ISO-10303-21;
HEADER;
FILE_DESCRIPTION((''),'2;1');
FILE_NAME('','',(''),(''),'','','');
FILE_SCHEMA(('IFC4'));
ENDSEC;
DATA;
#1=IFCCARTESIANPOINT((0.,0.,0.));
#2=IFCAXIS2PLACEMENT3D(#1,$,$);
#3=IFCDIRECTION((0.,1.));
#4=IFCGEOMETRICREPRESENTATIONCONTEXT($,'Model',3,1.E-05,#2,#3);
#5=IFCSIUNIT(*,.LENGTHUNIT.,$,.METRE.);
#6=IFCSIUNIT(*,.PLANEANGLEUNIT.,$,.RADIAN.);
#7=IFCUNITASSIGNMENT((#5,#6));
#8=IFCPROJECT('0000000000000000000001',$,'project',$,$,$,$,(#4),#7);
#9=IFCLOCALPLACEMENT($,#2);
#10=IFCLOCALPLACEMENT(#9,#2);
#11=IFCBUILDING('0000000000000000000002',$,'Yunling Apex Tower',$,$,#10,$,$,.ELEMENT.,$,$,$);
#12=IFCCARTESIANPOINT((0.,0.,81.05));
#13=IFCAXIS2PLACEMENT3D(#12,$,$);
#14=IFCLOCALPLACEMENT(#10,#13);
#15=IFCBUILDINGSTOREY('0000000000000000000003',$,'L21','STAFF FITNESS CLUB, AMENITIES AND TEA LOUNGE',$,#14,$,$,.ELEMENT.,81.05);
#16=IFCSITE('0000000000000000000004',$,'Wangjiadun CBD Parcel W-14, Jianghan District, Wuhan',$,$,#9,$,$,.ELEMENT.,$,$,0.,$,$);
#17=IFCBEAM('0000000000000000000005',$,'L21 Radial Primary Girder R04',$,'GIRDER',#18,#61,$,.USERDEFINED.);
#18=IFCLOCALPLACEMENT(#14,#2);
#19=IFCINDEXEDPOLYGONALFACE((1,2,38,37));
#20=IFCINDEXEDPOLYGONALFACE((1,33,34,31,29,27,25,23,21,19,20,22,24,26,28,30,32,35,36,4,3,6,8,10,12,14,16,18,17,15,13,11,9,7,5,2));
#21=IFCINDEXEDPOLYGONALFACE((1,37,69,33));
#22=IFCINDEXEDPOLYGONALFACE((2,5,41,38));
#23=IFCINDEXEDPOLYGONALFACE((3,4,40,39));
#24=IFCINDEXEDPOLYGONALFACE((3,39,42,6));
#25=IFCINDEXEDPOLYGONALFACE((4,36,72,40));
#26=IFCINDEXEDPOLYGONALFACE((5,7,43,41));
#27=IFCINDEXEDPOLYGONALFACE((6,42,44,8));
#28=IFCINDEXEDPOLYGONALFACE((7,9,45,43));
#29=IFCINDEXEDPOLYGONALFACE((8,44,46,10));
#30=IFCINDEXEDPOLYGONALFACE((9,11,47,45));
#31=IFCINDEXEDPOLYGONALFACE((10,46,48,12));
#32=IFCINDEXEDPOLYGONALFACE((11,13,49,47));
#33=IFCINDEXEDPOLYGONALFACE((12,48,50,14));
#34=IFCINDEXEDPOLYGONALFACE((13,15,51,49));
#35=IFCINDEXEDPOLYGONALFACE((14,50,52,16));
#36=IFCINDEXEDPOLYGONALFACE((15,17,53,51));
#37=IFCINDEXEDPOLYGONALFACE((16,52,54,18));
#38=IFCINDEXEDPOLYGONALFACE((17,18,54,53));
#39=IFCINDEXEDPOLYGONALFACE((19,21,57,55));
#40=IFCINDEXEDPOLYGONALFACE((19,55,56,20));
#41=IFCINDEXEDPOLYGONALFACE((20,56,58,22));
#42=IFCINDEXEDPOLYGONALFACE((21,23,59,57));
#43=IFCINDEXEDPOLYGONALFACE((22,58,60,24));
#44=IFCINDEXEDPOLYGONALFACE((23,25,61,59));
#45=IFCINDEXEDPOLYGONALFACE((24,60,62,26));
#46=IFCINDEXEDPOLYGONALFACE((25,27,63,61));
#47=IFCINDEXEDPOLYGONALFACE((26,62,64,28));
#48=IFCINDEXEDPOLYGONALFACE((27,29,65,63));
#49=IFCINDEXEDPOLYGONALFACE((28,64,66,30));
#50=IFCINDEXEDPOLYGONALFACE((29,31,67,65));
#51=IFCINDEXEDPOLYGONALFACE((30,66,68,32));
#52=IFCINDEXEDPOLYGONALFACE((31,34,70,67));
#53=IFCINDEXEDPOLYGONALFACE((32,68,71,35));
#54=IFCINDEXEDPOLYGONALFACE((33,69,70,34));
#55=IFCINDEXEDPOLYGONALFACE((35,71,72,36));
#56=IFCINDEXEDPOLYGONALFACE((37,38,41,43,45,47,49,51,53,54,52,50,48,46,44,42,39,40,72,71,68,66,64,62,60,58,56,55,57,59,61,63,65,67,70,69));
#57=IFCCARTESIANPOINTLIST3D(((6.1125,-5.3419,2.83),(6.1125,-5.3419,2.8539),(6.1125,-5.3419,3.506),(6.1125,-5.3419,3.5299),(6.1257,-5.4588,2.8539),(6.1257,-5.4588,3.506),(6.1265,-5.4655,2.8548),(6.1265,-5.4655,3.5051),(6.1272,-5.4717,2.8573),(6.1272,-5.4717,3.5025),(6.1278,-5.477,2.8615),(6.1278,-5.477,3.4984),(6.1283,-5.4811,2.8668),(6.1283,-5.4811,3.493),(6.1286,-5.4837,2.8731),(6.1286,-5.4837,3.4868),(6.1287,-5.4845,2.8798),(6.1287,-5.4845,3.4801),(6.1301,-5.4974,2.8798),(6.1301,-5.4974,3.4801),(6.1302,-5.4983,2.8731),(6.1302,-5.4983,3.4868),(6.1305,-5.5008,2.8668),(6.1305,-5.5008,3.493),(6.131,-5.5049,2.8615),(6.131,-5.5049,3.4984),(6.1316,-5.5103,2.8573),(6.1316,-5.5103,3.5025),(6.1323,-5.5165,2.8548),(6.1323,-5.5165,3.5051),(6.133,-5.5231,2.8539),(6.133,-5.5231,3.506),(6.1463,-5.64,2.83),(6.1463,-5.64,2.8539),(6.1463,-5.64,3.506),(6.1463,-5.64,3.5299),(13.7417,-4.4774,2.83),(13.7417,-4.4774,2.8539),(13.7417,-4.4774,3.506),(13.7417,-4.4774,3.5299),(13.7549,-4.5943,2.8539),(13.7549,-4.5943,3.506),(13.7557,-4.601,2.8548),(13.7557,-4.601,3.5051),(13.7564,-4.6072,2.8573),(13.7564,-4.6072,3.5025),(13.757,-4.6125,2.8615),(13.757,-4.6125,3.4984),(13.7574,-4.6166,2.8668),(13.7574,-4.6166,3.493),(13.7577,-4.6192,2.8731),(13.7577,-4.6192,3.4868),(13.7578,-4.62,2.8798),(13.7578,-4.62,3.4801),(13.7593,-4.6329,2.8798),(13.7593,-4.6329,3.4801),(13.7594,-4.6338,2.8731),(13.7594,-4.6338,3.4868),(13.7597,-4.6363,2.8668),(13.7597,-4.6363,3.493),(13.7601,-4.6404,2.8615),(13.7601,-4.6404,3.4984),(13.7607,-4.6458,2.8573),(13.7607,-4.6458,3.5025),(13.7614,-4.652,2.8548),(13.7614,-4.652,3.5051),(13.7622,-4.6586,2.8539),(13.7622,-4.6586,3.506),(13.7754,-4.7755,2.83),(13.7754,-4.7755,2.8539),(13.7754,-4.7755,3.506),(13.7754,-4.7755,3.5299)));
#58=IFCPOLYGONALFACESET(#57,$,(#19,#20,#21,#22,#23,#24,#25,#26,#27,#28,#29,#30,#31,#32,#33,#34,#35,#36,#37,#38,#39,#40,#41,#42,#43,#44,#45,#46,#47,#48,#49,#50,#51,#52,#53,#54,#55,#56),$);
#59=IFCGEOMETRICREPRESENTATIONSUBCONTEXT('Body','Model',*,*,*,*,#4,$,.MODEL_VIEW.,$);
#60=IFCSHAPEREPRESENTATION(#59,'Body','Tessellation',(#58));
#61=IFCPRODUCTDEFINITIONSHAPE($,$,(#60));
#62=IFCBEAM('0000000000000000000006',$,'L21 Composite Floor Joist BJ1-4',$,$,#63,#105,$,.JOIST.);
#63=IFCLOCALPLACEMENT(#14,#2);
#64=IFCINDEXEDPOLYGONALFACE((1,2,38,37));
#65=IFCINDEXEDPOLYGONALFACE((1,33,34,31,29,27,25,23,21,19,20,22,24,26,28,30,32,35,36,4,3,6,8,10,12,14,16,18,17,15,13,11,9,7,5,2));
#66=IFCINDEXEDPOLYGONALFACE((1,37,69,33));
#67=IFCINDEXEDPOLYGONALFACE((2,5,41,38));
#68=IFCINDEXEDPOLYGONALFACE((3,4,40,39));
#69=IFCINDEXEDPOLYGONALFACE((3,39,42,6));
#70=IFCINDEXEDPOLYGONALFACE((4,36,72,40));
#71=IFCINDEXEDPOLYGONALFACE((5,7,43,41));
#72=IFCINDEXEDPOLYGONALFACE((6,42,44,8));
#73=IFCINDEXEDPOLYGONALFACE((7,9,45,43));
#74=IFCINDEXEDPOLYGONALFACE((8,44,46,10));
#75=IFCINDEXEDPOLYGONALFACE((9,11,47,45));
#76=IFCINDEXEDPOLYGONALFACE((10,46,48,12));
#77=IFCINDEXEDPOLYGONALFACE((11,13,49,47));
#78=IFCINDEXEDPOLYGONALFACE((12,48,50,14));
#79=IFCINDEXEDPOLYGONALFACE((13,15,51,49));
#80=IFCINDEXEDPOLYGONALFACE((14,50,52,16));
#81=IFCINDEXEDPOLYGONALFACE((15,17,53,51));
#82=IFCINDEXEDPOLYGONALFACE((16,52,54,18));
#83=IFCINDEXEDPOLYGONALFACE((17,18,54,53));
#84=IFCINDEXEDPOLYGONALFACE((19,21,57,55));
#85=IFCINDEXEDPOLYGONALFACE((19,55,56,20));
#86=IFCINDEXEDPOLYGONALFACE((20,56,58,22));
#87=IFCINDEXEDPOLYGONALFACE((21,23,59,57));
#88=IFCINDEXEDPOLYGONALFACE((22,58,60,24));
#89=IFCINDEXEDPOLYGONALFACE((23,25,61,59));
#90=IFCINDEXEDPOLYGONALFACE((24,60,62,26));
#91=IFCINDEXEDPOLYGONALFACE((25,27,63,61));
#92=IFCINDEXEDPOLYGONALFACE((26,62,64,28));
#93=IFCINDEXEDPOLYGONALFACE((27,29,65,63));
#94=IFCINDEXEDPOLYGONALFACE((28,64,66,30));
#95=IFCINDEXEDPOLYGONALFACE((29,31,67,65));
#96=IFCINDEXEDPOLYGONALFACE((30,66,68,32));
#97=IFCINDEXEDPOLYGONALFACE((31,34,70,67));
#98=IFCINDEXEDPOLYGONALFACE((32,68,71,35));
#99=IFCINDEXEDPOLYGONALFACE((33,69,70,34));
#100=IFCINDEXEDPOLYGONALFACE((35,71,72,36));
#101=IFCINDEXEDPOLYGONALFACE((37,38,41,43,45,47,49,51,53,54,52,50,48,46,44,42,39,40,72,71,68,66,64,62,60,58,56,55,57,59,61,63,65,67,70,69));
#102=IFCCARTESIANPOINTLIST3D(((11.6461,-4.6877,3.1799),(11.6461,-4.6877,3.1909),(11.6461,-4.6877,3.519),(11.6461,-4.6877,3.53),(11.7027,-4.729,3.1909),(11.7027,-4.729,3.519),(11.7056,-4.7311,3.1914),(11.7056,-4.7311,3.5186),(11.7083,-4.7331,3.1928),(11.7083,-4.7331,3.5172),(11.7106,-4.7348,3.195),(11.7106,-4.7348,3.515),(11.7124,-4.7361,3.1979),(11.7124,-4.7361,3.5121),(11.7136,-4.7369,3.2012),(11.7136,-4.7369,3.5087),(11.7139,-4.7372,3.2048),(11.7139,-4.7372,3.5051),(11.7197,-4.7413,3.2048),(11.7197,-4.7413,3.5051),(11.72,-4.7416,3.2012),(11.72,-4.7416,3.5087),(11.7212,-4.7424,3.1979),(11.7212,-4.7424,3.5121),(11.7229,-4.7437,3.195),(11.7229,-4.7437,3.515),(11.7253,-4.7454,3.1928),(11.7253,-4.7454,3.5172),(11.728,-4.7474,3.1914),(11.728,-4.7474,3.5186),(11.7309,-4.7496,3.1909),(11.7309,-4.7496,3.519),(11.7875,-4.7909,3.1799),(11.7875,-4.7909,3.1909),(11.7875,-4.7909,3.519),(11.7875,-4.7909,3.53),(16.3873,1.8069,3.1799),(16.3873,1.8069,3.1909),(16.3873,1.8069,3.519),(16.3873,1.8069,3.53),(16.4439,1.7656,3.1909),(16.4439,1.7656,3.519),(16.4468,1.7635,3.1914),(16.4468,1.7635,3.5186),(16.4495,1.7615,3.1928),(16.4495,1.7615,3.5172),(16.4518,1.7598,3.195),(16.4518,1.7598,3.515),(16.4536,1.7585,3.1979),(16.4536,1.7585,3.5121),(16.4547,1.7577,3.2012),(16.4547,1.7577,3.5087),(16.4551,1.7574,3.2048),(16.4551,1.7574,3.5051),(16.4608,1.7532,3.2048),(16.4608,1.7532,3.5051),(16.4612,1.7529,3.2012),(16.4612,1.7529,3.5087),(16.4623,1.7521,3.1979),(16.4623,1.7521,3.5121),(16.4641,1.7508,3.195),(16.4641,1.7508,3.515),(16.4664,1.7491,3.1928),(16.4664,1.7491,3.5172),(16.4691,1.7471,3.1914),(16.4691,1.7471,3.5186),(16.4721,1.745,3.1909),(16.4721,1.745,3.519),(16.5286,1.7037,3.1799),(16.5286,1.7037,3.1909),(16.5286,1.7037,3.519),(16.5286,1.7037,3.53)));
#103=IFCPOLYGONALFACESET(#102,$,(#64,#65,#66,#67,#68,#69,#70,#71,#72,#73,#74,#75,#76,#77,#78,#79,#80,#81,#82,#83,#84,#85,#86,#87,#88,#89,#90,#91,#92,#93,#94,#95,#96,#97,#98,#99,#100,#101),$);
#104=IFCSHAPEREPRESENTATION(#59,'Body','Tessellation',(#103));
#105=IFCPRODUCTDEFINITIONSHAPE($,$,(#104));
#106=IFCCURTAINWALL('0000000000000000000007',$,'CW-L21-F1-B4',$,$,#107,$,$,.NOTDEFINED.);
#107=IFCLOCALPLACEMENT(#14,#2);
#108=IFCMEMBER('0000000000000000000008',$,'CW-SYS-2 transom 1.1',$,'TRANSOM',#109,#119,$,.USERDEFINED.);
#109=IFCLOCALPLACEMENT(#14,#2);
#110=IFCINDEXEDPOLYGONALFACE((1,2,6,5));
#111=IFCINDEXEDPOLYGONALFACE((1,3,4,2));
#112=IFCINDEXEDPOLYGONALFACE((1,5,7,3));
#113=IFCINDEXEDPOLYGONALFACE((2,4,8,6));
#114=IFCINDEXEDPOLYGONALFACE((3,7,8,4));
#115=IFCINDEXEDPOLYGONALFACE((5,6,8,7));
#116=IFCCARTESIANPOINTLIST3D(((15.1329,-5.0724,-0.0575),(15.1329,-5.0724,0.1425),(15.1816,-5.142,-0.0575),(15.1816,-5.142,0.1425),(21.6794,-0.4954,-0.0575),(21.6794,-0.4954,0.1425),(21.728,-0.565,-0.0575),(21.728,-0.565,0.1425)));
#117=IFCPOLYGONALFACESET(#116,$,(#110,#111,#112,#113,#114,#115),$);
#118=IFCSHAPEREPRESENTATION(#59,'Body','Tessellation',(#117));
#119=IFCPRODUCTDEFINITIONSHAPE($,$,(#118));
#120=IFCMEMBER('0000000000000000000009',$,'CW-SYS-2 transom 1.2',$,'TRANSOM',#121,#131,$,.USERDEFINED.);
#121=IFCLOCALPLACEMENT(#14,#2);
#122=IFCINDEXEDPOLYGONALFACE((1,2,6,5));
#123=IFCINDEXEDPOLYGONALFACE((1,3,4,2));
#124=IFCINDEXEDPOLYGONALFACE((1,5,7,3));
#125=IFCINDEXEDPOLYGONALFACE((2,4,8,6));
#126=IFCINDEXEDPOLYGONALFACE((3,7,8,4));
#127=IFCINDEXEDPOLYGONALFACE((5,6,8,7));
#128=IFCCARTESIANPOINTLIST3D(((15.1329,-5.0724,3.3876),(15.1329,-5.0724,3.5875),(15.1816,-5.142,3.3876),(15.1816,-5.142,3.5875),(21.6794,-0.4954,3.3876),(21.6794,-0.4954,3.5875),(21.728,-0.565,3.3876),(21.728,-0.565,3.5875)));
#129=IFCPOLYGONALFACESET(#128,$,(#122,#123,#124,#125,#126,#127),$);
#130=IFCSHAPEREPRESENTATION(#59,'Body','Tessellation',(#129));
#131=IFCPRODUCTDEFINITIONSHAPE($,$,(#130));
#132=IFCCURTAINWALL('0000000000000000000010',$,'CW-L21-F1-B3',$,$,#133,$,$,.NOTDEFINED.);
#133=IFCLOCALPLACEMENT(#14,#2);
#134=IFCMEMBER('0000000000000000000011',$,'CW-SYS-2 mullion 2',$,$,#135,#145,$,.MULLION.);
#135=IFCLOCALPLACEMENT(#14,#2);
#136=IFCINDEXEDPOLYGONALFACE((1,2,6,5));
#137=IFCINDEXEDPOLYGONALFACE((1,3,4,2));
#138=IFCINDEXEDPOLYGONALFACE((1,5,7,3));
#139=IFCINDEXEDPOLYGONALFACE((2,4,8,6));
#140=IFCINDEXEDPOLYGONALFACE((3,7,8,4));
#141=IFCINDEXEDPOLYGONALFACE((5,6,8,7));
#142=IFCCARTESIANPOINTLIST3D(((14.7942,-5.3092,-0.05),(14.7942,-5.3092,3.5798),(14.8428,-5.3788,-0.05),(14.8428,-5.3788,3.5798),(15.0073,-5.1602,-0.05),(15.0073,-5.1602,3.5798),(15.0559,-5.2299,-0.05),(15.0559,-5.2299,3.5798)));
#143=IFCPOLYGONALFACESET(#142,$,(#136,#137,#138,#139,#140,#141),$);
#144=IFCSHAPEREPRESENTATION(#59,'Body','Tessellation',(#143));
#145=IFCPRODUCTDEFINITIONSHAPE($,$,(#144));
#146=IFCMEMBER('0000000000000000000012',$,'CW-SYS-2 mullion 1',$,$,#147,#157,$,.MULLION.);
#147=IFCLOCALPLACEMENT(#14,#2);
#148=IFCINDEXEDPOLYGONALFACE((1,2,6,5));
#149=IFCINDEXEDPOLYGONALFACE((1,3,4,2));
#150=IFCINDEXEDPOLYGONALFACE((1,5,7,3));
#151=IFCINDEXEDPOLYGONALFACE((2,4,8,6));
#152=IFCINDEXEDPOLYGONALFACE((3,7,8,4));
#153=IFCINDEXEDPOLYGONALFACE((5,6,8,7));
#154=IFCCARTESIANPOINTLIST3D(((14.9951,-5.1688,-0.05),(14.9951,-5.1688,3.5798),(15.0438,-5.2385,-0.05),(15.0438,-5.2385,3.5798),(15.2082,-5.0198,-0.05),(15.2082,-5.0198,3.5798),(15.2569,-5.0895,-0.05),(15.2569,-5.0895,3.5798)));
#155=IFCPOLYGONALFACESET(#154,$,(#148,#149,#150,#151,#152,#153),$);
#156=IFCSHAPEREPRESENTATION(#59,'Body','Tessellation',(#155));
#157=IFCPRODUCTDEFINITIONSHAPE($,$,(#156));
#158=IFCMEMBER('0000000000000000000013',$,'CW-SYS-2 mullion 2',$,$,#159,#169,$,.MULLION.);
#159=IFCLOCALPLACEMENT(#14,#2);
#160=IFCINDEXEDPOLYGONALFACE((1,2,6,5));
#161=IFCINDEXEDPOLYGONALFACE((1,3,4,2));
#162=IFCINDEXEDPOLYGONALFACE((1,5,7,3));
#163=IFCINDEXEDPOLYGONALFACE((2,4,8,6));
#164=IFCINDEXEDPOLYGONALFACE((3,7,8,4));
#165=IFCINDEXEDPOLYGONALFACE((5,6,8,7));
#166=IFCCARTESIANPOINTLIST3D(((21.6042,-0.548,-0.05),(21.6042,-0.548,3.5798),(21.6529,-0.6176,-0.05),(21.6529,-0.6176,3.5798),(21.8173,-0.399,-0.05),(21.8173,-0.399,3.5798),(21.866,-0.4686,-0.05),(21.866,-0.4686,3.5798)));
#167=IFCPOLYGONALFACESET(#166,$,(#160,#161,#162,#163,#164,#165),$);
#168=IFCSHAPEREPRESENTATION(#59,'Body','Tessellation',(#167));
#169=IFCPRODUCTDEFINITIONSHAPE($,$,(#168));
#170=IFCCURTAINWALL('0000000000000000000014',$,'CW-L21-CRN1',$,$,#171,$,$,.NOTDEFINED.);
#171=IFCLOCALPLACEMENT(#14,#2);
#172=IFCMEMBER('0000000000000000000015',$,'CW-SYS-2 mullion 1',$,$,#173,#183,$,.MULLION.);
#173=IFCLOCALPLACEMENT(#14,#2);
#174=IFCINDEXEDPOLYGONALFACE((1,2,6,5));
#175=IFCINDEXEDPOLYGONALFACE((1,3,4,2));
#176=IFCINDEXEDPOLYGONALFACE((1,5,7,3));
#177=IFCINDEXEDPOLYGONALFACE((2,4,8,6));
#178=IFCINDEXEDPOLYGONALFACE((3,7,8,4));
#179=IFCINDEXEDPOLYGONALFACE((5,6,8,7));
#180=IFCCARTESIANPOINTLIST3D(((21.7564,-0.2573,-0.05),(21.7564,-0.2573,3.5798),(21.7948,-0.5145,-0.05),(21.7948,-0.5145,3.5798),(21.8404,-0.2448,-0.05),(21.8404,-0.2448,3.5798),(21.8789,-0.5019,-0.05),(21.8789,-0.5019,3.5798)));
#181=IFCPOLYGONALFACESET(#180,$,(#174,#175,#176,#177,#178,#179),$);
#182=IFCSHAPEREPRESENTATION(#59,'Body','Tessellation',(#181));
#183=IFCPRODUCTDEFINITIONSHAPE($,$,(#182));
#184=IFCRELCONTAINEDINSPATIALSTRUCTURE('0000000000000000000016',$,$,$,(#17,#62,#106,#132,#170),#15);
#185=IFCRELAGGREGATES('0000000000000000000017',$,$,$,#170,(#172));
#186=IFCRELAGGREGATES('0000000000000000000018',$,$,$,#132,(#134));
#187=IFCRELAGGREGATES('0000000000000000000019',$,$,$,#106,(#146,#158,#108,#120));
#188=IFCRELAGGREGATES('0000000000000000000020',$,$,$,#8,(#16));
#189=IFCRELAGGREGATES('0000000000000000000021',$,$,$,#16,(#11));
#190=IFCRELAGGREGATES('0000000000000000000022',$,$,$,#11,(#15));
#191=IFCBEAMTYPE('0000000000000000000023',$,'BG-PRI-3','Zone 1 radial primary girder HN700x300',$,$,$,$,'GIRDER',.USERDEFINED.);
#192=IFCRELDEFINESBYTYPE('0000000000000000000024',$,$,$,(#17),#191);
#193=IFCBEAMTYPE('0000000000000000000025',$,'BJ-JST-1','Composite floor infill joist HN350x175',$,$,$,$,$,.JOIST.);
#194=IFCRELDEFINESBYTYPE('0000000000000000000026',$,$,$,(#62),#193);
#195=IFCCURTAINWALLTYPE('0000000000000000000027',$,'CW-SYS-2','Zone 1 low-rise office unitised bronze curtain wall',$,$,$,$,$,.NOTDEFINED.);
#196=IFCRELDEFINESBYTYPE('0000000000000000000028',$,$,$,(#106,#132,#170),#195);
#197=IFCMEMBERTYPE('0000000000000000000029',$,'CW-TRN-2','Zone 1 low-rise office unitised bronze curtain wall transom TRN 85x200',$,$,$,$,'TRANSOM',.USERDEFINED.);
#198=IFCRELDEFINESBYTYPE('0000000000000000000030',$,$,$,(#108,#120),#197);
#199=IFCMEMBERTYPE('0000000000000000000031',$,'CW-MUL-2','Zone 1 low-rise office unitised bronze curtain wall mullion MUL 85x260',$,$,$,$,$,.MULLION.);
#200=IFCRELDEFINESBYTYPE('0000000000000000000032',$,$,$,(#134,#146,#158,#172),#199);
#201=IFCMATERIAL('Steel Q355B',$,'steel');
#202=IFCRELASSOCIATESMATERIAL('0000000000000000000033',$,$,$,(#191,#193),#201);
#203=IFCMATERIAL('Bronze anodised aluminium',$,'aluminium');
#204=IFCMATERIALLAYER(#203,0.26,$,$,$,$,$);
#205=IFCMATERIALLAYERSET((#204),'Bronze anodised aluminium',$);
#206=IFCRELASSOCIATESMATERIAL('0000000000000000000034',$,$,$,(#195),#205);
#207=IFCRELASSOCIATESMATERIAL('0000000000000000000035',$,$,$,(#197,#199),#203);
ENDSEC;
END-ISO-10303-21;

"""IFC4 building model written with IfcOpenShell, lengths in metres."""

from ifc_helpers import new_model, si_unit, direction, frame, origin, origin_2d, place, context, subcontext, project, spatial, rectangle, i_section, extrude, source, transform, mapped, material, layer, layer_set, material_profile, profile_set, type_object, element, aggregate, save


model = new_model("IFC4")

# Units and contexts
model_context = context("Model", 3, precision=1e-05, world=origin(), true_north=direction((0.0, 1.0)))
body_context = subcontext(model_context, "Body", "Model", "MODEL_VIEW")
ifc_project = project(units=[si_unit("LENGTHUNIT", "METRE"), si_unit("PLANEANGLEUNIT", "RADIAN")], contexts=[model_context])

# Site, building, storey
site_placement = place(None, origin())
site = spatial("IfcSite", under=ifc_project, at=site_placement, Name="Wangjiadun CBD Parcel W-14, Jianghan District, Wuhan", CompositionType="ELEMENT", RefElevation=0.0)
building_placement = place(site_placement, origin())
building = spatial("IfcBuilding", under=site, at=building_placement, Name="Yunling Apex Tower", CompositionType="ELEMENT")
storey_placement = place(building_placement, frame((0.0, 0.0, 81.05)))
storey = spatial("IfcBuildingStorey", under=building, at=storey_placement, Name="L21", Description="STAFF FITNESS CLUB, AMENITIES AND TEA LOUNGE", CompositionType="ELEMENT", Elevation=81.05)

# Beams
ifc_material_1 = material(Name="Steel Q355B", Category="steel")
ifc_material_profile_1 = material_profile(ifc_material_1, i_section(OverallWidth=0.3, OverallDepth=0.7, WebThickness=0.0129, FlangeThickness=0.0239, FilletRadius=0.0259, at=origin_2d()))
ifc_profile_set_1 = profile_set([ifc_material_profile_1], Name="Steel Q355B")
beam_type_1 = type_object("IfcBeamType", Name="BG-PRI-3", Description="Zone 1 radial primary girder HN700x300", ElementType="GIRDER", PredefinedType="USERDEFINED", material=ifc_profile_set_1)
shared_shape_1 = source(origin(), body_context, "Body", "SweptSolid", [
    extrude(i_section(OverallWidth=0.3, OverallDepth=0.7, WebThickness=0.0129, FlangeThickness=0.0239, FilletRadius=0.0259, at=origin_2d()), origin(), (0.0, 0.0, 1.0), 7.678),
])
beam_1_placement = place(storey_placement, frame((13.7585, -4.6265, 3.1799), z_axis=(-0.993641, -0.112595, 0.0), x_axis=(0.112595, -0.993641, 0.0)))
element("IfcBeam", 1, at=beam_1_placement, inside=storey, type_object=beam_type_1, Name="L21 Radial Primary Girder R04", ObjectType="GIRDER", PredefinedType="USERDEFINED", context=body_context, shape_type="MappedRepresentation", body=[
    mapped(shared_shape_1, transform((0.0, 0.0, 0.0), scale=1.0)),
])
ifc_material_profile_2 = material_profile(ifc_material_1, i_section(OverallWidth=0.175, OverallDepth=0.3501, WebThickness=0.0071, FlangeThickness=0.011, FilletRadius=0.0139, at=origin_2d()))
ifc_profile_set_2 = profile_set([ifc_material_profile_2], Name="Steel Q355B")
beam_type_2 = type_object("IfcBeamType", Name="BJ-JST-1", Description="Composite floor infill joist HN350x175", PredefinedType="JOIST", material=ifc_profile_set_2)
shared_shape_2 = source(origin(), body_context, "Body", "SweptSolid", [
    extrude(i_section(OverallWidth=0.175, OverallDepth=0.3501, WebThickness=0.0071, FlangeThickness=0.011, FilletRadius=0.0139, at=origin_2d()), origin(), (0.0, 0.0, 1.0), 8.041),
])
beam_2_placement = place(storey_placement, frame((11.7168, -4.7393, 3.355), z_axis=(0.589622, 0.807679, 0.0), x_axis=(-0.807679, 0.589622, 0.0)))
element("IfcBeam", 2, at=beam_2_placement, inside=storey, type_object=beam_type_2, Name="L21 Composite Floor Joist BJ1-4", PredefinedType="JOIST", context=body_context, shape_type="MappedRepresentation", body=[
    mapped(shared_shape_2, transform((0.0, 0.0, 0.0), scale=1.0)),
])

# Curtain wall, members
ifc_material_2 = material(Name="Bronze anodised aluminium", Category="aluminium")
ifc_layer_1 = layer(ifc_material_2, 0.26)
ifc_layer_set_1 = layer_set([ifc_layer_1], Name="Bronze anodised aluminium")
curtain_wall_type = type_object("IfcCurtainWallType", Name="CW-SYS-2", Description="Zone 1 low-rise office unitised bronze curtain wall", PredefinedType="NOTDEFINED", material=ifc_layer_set_1)
curtain_wall_1_placement = place(storey_placement, origin())
curtain_wall_1 = element("IfcCurtainWall", 3, at=curtain_wall_1_placement, inside=storey, type_object=curtain_wall_type, Name="CW-L21-F1-B4", PredefinedType="NOTDEFINED")
ifc_material_profile_3 = material_profile(ifc_material_2, rectangle(XDim=0.085, YDim=0.2, at=origin_2d()))
ifc_profile_set_3 = profile_set([ifc_material_profile_3], Name="Bronze anodised aluminium")
member_type_1 = type_object("IfcMemberType", Name="CW-TRN-2", Description="Zone 1 low-rise office unitised bronze curtain wall transom TRN 85x200", ElementType="TRANSOM", PredefinedType="USERDEFINED", material=ifc_profile_set_3)
shared_shape_3 = source(origin(), body_context, "Body", "SweptSolid", [
    extrude(rectangle(XDim=0.085, YDim=0.2, at=origin_2d()), origin(), (0.0, 0.0, 1.0), 7.9878),
])
member_1_placement = place(storey_placement, frame((15.1572, -5.1072, 0.0425), z_axis=(0.819559, 0.572995, 0.0), x_axis=(-0.572995, 0.819559, 0.0)))
member_1 = element("IfcMember", 4, at=member_1_placement, type_object=member_type_1, Name="CW-SYS-2 transom 1.1", ObjectType="TRANSOM", PredefinedType="USERDEFINED", context=body_context, shape_type="MappedRepresentation", body=[
    mapped(shared_shape_3, transform((0.0, 0.0, 0.0), scale=1.0)),
])
member_2_placement = place(storey_placement, frame((15.1572, -5.1072, 3.4875), z_axis=(0.819559, 0.572995, 0.0), x_axis=(-0.572995, 0.819559, 0.0)))
member_2 = element("IfcMember", 5, at=member_2_placement, type_object=member_type_1, Name="CW-SYS-2 transom 1.2", ObjectType="TRANSOM", PredefinedType="USERDEFINED", context=body_context, shape_type="MappedRepresentation", body=[
    mapped(shared_shape_3, transform((0.0, 0.0, 0.0), scale=1.0)),
])

# Curtain wall, member
curtain_wall_2_placement = place(storey_placement, origin())
curtain_wall_2 = element("IfcCurtainWall", 6, at=curtain_wall_2_placement, inside=storey, type_object=curtain_wall_type, Name="CW-L21-F1-B3", PredefinedType="NOTDEFINED")
ifc_material_profile_4 = material_profile(ifc_material_2, rectangle(XDim=0.085, YDim=0.26, at=origin_2d()))
ifc_profile_set_4 = profile_set([ifc_material_profile_4], Name="Bronze anodised aluminium")
member_type_2 = type_object("IfcMemberType", Name="CW-MUL-2", Description="Zone 1 low-rise office unitised bronze curtain wall mullion MUL 85x260", PredefinedType="MULLION", material=ifc_profile_set_4)
shared_shape_4 = source(origin(), body_context, "Body", "SweptSolid", [
    extrude(rectangle(XDim=0.085, YDim=0.26, at=origin_2d()), origin(), (0.0, 0.0, 1.0), 3.6299),
])
member_3_placement = place(storey_placement, frame((14.925, -5.2695, -0.05), z_axis=(0.0, 0.0, 1.0), x_axis=(-0.572996, 0.819558, 0.0)))
member_3 = element("IfcMember", 7, at=member_3_placement, type_object=member_type_2, Name="CW-SYS-2 mullion 2", PredefinedType="MULLION", context=body_context, shape_type="MappedRepresentation", body=[
    mapped(shared_shape_4, transform((0.0, 0.0, 0.0), scale=1.0)),
])

# Members
member_4_placement = place(storey_placement, frame((15.126, -5.1292, -0.05), z_axis=(0.0, 0.0, 1.0), x_axis=(-0.573004, 0.819552, 0.0)))
member_4 = element("IfcMember", 8, at=member_4_placement, type_object=member_type_2, Name="CW-SYS-2 mullion 1", PredefinedType="MULLION", context=body_context, shape_type="MappedRepresentation", body=[
    mapped(shared_shape_4, transform((0.0, 0.0, 0.0), scale=1.0)),
])
member_5_placement = place(storey_placement, frame((21.7351, -0.5083, -0.05), z_axis=(0.0, 0.0, 1.0), x_axis=(-0.573004, 0.819552, 0.0)))
member_5 = element("IfcMember", 9, at=member_5_placement, type_object=member_type_2, Name="CW-SYS-2 mullion 2", PredefinedType="MULLION", context=body_context, shape_type="MappedRepresentation", body=[
    mapped(shared_shape_4, transform((0.0, 0.0, 0.0), scale=1.0)),
])

# Curtain wall, member
curtain_wall_3_placement = place(storey_placement, origin())
curtain_wall_3 = element("IfcCurtainWall", 10, at=curtain_wall_3_placement, inside=storey, type_object=curtain_wall_type, Name="CW-L21-CRN1", PredefinedType="NOTDEFINED")
member_6_placement = place(storey_placement, frame((21.8176, -0.3796, -0.05), z_axis=(0.0, 0.0, 1.0), x_axis=(-0.989018, -0.147798, 0.0)))
member_6 = element("IfcMember", 11, at=member_6_placement, type_object=member_type_2, Name="CW-SYS-2 mullion 1", PredefinedType="MULLION", context=body_context, shape_type="MappedRepresentation", body=[
    mapped(shared_shape_4, transform((0.0, 0.0, 0.0), scale=1.0)),
])
aggregate(curtain_wall_3, [member_6])

aggregate(curtain_wall_2, [member_3])
aggregate(curtain_wall_1, [member_4, member_5, member_1, member_2])

save(model, "model.ifc")
